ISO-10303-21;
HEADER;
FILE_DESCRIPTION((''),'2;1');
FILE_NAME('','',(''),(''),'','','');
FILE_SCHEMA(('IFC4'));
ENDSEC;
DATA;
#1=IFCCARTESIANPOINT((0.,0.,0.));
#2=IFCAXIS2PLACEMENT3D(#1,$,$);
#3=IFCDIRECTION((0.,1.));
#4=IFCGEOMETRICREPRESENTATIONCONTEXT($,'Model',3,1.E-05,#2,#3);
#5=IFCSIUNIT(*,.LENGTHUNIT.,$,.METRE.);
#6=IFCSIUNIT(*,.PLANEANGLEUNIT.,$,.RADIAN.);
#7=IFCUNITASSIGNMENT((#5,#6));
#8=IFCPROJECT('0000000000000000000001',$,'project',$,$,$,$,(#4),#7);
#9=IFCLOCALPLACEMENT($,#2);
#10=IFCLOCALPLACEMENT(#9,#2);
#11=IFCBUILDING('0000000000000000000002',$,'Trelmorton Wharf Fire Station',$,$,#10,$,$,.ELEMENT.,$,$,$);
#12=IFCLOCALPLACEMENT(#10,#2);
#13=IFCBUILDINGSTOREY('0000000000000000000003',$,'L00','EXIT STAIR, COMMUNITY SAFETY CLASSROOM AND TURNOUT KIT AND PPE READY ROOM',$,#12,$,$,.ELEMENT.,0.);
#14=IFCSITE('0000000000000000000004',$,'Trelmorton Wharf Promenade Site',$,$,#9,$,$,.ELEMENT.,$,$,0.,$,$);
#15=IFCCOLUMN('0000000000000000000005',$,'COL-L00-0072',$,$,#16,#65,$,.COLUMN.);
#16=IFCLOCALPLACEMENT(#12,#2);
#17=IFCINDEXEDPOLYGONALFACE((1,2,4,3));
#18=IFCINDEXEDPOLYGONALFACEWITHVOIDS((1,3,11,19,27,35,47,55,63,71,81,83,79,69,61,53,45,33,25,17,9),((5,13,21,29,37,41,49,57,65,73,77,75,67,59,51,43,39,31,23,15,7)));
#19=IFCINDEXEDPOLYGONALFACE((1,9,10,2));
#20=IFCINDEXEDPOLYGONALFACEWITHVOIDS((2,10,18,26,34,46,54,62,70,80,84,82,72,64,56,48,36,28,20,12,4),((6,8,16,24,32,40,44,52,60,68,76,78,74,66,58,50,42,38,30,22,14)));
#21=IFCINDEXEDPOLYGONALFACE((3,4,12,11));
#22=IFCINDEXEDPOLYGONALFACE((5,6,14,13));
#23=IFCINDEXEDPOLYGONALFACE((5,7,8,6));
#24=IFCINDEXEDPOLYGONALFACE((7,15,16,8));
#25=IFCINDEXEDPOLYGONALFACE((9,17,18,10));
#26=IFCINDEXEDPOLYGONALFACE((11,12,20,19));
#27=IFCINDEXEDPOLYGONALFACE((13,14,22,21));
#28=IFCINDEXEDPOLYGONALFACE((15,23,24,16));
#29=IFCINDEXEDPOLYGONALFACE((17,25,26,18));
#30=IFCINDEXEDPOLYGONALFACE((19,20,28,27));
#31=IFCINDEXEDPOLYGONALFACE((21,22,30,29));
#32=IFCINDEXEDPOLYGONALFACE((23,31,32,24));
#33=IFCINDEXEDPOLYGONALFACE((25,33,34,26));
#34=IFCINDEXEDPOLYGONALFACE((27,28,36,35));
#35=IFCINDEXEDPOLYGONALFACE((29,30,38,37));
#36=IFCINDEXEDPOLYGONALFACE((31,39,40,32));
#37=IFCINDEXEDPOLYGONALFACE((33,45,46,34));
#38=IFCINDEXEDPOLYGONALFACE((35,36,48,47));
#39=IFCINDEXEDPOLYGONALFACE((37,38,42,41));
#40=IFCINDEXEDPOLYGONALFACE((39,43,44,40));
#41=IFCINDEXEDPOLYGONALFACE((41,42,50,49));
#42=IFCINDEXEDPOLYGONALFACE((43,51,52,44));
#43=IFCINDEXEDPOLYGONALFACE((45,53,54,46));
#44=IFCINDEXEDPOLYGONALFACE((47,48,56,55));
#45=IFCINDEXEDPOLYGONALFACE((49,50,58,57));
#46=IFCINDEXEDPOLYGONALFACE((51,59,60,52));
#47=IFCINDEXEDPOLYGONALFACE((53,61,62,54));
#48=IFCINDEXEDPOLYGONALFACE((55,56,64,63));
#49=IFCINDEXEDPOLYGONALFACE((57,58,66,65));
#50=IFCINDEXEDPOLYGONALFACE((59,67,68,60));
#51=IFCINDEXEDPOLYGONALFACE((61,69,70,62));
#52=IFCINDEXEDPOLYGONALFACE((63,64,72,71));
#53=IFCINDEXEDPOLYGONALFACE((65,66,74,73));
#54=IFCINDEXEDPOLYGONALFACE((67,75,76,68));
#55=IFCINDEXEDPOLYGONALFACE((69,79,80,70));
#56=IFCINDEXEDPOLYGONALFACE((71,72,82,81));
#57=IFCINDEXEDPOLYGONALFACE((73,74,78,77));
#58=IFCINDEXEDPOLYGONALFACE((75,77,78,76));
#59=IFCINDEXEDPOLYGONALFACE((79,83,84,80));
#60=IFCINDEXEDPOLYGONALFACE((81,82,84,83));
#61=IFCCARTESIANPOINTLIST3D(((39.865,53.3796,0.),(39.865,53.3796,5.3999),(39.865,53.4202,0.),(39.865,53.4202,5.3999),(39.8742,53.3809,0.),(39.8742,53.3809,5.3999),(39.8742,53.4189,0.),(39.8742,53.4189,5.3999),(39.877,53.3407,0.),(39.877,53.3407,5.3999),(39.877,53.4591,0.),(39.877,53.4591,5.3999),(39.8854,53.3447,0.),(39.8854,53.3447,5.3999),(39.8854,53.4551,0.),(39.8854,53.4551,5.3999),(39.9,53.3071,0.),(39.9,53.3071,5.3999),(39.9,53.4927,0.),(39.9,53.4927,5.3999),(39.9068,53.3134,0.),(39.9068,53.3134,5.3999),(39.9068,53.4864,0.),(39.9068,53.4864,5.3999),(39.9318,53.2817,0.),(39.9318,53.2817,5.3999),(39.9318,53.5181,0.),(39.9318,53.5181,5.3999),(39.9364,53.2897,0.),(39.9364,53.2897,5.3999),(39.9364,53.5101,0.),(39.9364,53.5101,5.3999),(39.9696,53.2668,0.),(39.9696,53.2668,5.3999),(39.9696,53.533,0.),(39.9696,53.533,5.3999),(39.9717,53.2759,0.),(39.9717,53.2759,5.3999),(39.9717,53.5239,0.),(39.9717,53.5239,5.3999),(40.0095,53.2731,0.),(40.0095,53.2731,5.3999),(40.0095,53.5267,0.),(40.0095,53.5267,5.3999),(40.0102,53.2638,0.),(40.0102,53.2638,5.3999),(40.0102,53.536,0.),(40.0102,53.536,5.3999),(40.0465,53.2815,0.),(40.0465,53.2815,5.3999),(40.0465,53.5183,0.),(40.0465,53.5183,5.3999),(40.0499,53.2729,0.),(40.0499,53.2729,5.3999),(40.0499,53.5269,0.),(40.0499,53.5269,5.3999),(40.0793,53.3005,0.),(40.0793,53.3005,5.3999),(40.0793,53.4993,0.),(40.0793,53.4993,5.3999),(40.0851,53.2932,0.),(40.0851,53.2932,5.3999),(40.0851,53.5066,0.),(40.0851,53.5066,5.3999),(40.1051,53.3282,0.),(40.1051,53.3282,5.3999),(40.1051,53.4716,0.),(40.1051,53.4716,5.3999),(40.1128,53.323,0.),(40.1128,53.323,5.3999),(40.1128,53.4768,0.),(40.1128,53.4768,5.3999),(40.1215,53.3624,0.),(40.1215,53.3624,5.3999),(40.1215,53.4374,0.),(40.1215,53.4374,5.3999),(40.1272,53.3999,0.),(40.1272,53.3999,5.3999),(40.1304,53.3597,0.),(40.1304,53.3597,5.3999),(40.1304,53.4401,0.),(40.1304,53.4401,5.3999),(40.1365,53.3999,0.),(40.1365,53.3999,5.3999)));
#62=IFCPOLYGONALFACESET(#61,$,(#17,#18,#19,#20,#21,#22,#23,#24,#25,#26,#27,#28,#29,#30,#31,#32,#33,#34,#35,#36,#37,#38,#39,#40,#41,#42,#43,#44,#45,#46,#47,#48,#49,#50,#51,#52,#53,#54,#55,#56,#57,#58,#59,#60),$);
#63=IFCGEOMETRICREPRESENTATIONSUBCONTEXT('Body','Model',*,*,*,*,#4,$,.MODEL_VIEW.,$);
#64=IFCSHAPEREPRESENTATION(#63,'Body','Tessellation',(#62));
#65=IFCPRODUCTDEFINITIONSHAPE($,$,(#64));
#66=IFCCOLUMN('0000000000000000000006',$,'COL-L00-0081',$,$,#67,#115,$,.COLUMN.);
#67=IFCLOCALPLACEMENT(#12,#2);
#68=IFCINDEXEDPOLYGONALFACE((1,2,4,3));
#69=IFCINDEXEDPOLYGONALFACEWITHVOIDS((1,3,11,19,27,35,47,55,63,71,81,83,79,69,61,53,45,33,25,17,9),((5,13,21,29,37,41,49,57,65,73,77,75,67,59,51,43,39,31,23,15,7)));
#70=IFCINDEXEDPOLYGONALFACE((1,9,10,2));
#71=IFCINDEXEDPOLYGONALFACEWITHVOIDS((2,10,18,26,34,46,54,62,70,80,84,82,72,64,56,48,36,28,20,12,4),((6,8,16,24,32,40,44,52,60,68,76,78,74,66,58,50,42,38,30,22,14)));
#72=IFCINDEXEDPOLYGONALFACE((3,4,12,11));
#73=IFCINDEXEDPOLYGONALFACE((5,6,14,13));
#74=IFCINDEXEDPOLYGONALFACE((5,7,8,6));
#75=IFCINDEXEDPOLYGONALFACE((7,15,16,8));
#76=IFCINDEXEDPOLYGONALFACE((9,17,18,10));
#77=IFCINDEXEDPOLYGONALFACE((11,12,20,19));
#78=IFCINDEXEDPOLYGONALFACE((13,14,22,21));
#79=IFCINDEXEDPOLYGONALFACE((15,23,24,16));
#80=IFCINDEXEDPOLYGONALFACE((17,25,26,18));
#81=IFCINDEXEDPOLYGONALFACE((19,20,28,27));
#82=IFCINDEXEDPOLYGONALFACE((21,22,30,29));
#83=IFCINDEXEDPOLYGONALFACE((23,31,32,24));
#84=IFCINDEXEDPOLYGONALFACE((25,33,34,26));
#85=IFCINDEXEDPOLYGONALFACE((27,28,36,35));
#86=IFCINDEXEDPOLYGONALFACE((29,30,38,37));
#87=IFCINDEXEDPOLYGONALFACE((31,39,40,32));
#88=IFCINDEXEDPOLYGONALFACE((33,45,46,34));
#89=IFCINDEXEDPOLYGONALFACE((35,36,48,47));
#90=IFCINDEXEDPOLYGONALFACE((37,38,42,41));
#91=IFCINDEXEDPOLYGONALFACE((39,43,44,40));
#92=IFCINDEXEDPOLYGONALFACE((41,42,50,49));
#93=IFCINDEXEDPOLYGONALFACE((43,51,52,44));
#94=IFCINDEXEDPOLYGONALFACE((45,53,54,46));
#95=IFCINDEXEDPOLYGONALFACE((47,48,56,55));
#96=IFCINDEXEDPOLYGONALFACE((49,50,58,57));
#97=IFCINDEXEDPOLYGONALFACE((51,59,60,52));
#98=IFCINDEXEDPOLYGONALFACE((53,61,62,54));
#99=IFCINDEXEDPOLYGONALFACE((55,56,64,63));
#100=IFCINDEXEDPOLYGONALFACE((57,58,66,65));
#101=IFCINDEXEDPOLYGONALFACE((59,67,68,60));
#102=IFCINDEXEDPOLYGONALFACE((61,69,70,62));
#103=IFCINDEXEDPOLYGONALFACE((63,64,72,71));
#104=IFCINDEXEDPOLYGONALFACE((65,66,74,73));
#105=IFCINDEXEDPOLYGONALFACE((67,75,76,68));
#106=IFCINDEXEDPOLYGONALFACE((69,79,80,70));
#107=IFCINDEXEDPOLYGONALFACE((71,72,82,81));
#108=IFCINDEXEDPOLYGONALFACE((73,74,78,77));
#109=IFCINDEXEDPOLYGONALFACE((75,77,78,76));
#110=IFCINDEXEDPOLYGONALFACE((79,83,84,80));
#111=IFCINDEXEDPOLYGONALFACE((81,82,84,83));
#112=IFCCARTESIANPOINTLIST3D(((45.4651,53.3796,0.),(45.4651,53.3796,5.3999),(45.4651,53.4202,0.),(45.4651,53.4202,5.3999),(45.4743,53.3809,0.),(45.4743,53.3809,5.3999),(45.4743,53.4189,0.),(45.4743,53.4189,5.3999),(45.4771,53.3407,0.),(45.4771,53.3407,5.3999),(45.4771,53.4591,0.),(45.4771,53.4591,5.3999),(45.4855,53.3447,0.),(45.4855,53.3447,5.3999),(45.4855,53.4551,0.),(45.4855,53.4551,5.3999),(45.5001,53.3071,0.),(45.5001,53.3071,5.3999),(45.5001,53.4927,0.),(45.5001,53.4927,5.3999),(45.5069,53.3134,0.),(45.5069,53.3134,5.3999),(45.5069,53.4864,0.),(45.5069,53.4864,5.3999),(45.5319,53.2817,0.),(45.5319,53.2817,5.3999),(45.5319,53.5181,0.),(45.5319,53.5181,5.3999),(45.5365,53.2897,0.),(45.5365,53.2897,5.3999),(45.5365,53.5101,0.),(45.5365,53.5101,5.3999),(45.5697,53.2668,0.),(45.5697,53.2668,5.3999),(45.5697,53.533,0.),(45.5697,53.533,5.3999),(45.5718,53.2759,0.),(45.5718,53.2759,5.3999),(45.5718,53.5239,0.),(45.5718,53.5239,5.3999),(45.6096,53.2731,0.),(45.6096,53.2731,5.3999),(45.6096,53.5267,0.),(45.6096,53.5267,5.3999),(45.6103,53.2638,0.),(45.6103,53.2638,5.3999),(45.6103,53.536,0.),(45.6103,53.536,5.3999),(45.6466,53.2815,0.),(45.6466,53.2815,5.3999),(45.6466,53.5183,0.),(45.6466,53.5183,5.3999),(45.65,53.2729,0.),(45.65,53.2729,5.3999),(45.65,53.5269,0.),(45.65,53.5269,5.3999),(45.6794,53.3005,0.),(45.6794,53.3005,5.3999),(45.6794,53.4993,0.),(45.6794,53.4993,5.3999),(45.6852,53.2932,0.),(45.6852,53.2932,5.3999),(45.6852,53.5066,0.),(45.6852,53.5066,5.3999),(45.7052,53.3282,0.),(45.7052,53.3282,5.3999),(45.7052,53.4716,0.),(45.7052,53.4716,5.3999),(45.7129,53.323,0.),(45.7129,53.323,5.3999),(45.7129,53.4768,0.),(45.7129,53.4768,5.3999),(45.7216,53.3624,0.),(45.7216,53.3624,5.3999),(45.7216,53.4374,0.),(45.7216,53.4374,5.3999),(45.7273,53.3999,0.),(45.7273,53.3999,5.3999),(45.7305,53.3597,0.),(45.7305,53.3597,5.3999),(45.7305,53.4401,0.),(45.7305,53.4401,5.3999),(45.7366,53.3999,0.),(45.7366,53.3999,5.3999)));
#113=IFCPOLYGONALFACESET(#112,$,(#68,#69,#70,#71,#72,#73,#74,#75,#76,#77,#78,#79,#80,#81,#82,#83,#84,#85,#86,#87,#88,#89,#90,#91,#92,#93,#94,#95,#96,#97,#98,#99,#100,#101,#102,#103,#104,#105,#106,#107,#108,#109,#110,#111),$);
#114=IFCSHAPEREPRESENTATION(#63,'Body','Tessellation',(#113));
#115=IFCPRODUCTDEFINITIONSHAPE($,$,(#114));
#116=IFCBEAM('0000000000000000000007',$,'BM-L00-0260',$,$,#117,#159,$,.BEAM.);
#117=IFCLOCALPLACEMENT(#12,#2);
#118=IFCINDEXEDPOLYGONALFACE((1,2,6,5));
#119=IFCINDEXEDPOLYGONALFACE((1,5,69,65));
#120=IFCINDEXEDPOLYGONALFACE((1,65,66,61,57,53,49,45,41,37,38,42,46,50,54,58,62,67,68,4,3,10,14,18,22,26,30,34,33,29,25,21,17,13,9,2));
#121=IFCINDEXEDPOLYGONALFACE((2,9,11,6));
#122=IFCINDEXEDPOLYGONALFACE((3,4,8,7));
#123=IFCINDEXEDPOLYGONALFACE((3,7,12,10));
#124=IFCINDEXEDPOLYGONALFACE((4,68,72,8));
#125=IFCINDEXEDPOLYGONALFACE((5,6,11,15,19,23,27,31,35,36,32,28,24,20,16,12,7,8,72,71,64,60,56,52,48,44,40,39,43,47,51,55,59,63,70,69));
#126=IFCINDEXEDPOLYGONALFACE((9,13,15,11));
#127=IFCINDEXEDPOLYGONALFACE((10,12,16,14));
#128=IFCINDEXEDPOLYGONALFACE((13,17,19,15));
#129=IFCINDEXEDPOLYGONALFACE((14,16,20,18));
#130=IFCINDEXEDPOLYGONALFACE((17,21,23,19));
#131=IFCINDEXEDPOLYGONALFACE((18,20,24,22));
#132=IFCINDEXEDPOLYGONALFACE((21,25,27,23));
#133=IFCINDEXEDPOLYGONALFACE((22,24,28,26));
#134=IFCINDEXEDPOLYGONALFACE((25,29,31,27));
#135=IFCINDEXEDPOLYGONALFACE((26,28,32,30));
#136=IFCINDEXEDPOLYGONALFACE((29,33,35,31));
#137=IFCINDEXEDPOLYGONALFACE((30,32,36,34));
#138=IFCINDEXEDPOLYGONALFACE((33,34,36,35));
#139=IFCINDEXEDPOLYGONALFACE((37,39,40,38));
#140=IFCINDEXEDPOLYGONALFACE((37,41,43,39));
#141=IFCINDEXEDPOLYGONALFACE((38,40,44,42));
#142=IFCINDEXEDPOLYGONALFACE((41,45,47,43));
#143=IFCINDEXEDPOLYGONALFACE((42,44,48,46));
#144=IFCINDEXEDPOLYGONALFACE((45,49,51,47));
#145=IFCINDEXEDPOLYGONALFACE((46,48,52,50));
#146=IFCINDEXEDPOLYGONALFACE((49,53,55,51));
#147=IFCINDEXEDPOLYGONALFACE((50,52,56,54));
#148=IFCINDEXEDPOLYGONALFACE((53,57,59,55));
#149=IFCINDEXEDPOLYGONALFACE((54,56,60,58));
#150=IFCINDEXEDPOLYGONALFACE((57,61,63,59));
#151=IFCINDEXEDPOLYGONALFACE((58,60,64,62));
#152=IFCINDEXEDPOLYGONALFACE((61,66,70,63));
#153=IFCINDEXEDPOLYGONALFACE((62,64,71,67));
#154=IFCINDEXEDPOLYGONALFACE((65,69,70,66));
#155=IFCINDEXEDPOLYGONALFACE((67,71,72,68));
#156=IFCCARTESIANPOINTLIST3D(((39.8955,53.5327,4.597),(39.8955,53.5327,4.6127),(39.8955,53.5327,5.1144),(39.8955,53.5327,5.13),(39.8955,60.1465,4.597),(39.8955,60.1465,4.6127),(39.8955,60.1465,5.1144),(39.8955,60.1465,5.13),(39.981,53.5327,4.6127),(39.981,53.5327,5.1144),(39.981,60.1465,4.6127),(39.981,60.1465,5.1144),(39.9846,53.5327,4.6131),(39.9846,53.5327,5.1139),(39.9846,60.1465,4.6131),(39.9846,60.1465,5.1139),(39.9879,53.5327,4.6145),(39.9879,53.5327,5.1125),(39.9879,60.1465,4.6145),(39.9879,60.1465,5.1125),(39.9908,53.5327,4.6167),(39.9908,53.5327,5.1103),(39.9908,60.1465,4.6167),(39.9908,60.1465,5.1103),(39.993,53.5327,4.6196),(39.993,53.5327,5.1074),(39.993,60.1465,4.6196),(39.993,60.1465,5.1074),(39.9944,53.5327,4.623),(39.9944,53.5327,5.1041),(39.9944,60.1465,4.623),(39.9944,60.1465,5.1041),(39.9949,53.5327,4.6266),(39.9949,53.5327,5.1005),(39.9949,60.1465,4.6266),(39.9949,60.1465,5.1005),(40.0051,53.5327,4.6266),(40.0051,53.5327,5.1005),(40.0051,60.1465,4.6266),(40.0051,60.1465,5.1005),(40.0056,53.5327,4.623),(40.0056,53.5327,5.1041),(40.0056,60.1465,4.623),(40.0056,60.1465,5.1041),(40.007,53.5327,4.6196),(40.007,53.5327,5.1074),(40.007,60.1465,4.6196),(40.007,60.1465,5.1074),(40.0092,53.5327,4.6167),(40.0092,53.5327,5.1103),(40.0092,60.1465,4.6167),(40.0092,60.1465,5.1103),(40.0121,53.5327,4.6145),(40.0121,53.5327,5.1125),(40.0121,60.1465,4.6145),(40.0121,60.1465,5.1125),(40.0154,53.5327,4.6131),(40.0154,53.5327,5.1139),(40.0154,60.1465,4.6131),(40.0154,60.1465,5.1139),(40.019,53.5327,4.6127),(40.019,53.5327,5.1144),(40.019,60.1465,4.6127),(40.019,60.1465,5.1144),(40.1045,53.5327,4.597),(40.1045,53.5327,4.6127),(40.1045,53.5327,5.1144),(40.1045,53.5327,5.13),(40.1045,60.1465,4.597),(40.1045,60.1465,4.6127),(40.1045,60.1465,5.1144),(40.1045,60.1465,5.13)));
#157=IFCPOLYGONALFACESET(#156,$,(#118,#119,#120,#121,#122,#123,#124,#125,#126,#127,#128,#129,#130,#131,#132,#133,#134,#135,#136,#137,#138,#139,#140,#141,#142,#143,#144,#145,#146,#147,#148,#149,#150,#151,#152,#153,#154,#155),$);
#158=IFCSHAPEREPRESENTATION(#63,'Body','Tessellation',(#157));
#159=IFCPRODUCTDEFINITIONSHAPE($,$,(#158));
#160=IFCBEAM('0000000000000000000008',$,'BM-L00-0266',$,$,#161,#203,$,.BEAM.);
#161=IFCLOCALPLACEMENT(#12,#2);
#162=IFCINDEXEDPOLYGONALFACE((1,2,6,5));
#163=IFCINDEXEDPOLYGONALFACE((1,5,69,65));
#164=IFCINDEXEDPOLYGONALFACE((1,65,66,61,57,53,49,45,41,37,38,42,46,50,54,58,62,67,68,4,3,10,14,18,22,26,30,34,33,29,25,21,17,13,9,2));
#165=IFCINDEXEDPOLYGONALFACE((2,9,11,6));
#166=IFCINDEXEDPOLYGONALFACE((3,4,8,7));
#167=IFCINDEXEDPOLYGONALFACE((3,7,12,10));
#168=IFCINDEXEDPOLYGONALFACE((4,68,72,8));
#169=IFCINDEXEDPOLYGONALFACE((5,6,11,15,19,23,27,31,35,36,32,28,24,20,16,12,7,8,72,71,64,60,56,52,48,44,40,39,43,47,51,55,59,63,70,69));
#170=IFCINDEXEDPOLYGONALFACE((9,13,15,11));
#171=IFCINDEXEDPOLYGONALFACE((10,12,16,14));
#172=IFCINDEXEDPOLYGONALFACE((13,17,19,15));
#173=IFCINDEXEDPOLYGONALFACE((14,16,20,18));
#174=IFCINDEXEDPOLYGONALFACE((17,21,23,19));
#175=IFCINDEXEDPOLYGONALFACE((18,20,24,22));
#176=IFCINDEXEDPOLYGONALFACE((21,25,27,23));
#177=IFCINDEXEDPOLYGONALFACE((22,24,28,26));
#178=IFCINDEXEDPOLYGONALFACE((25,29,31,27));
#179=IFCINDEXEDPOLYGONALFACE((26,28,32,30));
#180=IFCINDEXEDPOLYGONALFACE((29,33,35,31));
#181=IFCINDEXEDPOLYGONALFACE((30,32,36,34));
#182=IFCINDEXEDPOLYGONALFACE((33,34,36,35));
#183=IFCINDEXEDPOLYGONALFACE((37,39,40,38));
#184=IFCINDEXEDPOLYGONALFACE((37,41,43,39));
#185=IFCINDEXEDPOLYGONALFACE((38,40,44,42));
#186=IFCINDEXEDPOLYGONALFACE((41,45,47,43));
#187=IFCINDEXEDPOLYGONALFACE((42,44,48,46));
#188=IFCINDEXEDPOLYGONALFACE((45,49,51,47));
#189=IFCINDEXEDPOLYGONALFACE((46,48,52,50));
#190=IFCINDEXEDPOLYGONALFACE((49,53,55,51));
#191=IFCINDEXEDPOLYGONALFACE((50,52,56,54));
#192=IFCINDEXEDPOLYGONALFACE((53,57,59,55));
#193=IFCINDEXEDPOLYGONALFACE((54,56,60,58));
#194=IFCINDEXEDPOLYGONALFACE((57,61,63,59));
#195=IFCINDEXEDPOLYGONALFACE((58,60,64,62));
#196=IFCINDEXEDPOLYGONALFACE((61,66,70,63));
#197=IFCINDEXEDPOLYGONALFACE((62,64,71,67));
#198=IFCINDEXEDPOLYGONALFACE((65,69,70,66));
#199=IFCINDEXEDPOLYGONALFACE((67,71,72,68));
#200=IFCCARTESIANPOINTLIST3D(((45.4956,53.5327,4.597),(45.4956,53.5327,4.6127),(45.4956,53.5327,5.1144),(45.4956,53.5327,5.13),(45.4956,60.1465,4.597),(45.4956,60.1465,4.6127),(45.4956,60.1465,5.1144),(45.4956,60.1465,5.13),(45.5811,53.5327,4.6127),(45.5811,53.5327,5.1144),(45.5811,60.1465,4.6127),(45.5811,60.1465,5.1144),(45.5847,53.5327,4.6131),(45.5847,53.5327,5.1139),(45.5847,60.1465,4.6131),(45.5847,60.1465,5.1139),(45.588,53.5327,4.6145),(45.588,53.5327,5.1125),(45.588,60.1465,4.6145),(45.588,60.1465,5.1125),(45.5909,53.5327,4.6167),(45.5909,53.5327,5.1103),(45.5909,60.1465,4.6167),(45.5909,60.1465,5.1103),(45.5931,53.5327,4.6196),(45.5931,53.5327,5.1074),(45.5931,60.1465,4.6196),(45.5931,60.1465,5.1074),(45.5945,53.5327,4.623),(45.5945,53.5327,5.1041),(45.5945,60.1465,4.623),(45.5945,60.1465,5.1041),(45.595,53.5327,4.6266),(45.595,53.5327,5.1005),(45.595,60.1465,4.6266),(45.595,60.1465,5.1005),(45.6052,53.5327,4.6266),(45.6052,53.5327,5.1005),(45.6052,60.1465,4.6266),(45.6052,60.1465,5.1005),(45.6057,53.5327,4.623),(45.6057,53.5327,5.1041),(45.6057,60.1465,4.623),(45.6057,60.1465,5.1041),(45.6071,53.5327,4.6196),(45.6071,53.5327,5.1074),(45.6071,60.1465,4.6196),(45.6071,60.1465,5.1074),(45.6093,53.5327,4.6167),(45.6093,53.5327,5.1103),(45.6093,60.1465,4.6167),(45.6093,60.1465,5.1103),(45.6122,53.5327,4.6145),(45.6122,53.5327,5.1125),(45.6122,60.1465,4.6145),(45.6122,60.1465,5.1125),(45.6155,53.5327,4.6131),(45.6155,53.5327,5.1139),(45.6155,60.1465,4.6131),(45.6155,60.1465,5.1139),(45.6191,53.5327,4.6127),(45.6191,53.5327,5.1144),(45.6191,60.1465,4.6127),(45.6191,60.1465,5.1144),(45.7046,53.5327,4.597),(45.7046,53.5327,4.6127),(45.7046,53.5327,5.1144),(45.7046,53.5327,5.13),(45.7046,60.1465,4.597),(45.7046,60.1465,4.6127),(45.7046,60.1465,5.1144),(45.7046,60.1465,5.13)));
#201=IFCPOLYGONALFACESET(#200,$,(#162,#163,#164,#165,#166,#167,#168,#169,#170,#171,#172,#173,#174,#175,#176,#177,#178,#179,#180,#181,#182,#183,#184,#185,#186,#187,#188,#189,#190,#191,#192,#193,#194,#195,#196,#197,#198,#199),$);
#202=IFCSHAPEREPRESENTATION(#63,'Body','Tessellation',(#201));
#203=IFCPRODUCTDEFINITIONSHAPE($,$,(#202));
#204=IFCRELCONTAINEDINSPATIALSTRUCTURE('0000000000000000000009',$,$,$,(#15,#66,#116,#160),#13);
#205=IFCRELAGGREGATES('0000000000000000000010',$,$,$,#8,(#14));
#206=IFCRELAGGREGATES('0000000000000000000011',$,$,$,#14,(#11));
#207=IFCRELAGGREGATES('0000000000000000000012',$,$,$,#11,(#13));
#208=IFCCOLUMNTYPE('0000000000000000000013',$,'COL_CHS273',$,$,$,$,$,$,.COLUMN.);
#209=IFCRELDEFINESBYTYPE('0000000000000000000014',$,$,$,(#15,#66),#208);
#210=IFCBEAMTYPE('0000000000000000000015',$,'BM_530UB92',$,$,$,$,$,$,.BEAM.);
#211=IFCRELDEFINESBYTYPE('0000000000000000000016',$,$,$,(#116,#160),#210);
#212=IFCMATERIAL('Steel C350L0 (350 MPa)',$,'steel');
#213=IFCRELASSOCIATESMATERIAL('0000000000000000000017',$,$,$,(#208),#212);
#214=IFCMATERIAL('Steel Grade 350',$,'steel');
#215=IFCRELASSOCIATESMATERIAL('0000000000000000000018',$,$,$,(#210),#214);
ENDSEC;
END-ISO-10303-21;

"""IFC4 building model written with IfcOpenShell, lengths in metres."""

from ifc_helpers import new_model, si_unit, direction, frame, origin, origin_2d, place, context, subcontext, project, spatial, hollow_circle, i_section, extrude, material, material_profile, profile_set, type_object, element, save


model = new_model("IFC4")

# Units and contexts
model_context = context("Model", 3, precision=1e-05, world=origin(), true_north=direction((0.0, 1.0)))
body_context = subcontext(model_context, "Body", "Model", "MODEL_VIEW")
ifc_project = project(units=[si_unit("LENGTHUNIT", "METRE"), si_unit("PLANEANGLEUNIT", "RADIAN")], contexts=[model_context])

# Site, building, storey
site_placement = place(None, origin())
site = spatial("IfcSite", under=ifc_project, at=site_placement, Name="Trelmorton Wharf Promenade Site", CompositionType="ELEMENT", RefElevation=0.0)
building_placement = place(site_placement, origin())
building = spatial("IfcBuilding", under=site, at=building_placement, Name="Trelmorton Wharf Fire Station", CompositionType="ELEMENT")
storey_placement = place(building_placement, origin())
storey = spatial("IfcBuildingStorey", under=building, at=storey_placement, Name="L00", Description="EXIT STAIR, COMMUNITY SAFETY CLASSROOM AND TURNOUT KIT AND PPE READY ROOM", CompositionType="ELEMENT", Elevation=0.0)

# Columns
ifc_material_1 = material(Name="Steel C350L0 (350 MPa)", Category="steel")
ifc_material_profile_1 = material_profile(ifc_material_1, hollow_circle(Radius=0.1365, WallThickness=0.0093, at=origin_2d()), Name="273.1x9.3CHS")
ifc_profile_set_1 = profile_set([ifc_material_profile_1], Name="Steel C350L0 (350 MPa)")
column_type = type_object("IfcColumnType", Name="COL_CHS273", PredefinedType="COLUMN", material=ifc_profile_set_1)
for number, where, z_axis, x_axis, name in (
    (1, (40.0, 53.3999, 0.0), (0.0, 0.0, 1.0), (1.0, 0.0, 0.0), "COL-L00-0072"),
    (2, (45.6001, 53.3999, 0.0), (0.0, 0.0, 1.0), (1.0, 0.0, 0.0), "COL-L00-0081"),
):
    element("IfcColumn", number, at=place(storey_placement, frame(where, z_axis=z_axis, x_axis=x_axis)), inside=storey, type_object=column_type, Name=name, PredefinedType="COLUMN", context=body_context, shape_type="SweptSolid", body=[
        extrude(hollow_circle(Radius=0.1365, WallThickness=0.0093, at=origin_2d()), origin(), (0.0, 0.0, 1.0), 5.3999),
    ])

# Beams
ifc_material_2 = material(Name="Steel Grade 350", Category="steel")
ifc_material_profile_2 = material_profile(ifc_material_2, i_section(OverallWidth=0.209, OverallDepth=0.533, WebThickness=0.0103, FlangeThickness=0.0156, FilletRadius=0.0139, at=origin_2d()), Name="530UB92.4")
ifc_profile_set_2 = profile_set([ifc_material_profile_2], Name="Steel Grade 350")
beam_type_1 = type_object("IfcBeamType", Name="BM_530UB92", PredefinedType="BEAM", material=ifc_profile_set_2)
for number, where, z_axis, x_axis, name in (
    (3, (40.0, 53.5327, 4.8635), (0.0, 1.0, 0.0), (-1.0, 0.0, 0.0), "BM-L00-0260"),
    (4, (45.6001, 53.5327, 4.8635), (0.0, 1.0, 0.0), (-1.0, 0.0, 0.0), "BM-L00-0266"),
):
    element("IfcBeam", number, at=place(storey_placement, frame(where, z_axis=z_axis, x_axis=x_axis)), inside=storey, type_object=beam_type_1, Name=name, PredefinedType="BEAM", context=body_context, shape_type="SweptSolid", body=[
        extrude(i_section(OverallWidth=0.209, OverallDepth=0.533, WebThickness=0.0103, FlangeThickness=0.0156, FilletRadius=0.0139, at=origin_2d()), origin(), (0.0, 0.0, 1.0), 6.6138),
    ])

save(model, "model.ifc")
